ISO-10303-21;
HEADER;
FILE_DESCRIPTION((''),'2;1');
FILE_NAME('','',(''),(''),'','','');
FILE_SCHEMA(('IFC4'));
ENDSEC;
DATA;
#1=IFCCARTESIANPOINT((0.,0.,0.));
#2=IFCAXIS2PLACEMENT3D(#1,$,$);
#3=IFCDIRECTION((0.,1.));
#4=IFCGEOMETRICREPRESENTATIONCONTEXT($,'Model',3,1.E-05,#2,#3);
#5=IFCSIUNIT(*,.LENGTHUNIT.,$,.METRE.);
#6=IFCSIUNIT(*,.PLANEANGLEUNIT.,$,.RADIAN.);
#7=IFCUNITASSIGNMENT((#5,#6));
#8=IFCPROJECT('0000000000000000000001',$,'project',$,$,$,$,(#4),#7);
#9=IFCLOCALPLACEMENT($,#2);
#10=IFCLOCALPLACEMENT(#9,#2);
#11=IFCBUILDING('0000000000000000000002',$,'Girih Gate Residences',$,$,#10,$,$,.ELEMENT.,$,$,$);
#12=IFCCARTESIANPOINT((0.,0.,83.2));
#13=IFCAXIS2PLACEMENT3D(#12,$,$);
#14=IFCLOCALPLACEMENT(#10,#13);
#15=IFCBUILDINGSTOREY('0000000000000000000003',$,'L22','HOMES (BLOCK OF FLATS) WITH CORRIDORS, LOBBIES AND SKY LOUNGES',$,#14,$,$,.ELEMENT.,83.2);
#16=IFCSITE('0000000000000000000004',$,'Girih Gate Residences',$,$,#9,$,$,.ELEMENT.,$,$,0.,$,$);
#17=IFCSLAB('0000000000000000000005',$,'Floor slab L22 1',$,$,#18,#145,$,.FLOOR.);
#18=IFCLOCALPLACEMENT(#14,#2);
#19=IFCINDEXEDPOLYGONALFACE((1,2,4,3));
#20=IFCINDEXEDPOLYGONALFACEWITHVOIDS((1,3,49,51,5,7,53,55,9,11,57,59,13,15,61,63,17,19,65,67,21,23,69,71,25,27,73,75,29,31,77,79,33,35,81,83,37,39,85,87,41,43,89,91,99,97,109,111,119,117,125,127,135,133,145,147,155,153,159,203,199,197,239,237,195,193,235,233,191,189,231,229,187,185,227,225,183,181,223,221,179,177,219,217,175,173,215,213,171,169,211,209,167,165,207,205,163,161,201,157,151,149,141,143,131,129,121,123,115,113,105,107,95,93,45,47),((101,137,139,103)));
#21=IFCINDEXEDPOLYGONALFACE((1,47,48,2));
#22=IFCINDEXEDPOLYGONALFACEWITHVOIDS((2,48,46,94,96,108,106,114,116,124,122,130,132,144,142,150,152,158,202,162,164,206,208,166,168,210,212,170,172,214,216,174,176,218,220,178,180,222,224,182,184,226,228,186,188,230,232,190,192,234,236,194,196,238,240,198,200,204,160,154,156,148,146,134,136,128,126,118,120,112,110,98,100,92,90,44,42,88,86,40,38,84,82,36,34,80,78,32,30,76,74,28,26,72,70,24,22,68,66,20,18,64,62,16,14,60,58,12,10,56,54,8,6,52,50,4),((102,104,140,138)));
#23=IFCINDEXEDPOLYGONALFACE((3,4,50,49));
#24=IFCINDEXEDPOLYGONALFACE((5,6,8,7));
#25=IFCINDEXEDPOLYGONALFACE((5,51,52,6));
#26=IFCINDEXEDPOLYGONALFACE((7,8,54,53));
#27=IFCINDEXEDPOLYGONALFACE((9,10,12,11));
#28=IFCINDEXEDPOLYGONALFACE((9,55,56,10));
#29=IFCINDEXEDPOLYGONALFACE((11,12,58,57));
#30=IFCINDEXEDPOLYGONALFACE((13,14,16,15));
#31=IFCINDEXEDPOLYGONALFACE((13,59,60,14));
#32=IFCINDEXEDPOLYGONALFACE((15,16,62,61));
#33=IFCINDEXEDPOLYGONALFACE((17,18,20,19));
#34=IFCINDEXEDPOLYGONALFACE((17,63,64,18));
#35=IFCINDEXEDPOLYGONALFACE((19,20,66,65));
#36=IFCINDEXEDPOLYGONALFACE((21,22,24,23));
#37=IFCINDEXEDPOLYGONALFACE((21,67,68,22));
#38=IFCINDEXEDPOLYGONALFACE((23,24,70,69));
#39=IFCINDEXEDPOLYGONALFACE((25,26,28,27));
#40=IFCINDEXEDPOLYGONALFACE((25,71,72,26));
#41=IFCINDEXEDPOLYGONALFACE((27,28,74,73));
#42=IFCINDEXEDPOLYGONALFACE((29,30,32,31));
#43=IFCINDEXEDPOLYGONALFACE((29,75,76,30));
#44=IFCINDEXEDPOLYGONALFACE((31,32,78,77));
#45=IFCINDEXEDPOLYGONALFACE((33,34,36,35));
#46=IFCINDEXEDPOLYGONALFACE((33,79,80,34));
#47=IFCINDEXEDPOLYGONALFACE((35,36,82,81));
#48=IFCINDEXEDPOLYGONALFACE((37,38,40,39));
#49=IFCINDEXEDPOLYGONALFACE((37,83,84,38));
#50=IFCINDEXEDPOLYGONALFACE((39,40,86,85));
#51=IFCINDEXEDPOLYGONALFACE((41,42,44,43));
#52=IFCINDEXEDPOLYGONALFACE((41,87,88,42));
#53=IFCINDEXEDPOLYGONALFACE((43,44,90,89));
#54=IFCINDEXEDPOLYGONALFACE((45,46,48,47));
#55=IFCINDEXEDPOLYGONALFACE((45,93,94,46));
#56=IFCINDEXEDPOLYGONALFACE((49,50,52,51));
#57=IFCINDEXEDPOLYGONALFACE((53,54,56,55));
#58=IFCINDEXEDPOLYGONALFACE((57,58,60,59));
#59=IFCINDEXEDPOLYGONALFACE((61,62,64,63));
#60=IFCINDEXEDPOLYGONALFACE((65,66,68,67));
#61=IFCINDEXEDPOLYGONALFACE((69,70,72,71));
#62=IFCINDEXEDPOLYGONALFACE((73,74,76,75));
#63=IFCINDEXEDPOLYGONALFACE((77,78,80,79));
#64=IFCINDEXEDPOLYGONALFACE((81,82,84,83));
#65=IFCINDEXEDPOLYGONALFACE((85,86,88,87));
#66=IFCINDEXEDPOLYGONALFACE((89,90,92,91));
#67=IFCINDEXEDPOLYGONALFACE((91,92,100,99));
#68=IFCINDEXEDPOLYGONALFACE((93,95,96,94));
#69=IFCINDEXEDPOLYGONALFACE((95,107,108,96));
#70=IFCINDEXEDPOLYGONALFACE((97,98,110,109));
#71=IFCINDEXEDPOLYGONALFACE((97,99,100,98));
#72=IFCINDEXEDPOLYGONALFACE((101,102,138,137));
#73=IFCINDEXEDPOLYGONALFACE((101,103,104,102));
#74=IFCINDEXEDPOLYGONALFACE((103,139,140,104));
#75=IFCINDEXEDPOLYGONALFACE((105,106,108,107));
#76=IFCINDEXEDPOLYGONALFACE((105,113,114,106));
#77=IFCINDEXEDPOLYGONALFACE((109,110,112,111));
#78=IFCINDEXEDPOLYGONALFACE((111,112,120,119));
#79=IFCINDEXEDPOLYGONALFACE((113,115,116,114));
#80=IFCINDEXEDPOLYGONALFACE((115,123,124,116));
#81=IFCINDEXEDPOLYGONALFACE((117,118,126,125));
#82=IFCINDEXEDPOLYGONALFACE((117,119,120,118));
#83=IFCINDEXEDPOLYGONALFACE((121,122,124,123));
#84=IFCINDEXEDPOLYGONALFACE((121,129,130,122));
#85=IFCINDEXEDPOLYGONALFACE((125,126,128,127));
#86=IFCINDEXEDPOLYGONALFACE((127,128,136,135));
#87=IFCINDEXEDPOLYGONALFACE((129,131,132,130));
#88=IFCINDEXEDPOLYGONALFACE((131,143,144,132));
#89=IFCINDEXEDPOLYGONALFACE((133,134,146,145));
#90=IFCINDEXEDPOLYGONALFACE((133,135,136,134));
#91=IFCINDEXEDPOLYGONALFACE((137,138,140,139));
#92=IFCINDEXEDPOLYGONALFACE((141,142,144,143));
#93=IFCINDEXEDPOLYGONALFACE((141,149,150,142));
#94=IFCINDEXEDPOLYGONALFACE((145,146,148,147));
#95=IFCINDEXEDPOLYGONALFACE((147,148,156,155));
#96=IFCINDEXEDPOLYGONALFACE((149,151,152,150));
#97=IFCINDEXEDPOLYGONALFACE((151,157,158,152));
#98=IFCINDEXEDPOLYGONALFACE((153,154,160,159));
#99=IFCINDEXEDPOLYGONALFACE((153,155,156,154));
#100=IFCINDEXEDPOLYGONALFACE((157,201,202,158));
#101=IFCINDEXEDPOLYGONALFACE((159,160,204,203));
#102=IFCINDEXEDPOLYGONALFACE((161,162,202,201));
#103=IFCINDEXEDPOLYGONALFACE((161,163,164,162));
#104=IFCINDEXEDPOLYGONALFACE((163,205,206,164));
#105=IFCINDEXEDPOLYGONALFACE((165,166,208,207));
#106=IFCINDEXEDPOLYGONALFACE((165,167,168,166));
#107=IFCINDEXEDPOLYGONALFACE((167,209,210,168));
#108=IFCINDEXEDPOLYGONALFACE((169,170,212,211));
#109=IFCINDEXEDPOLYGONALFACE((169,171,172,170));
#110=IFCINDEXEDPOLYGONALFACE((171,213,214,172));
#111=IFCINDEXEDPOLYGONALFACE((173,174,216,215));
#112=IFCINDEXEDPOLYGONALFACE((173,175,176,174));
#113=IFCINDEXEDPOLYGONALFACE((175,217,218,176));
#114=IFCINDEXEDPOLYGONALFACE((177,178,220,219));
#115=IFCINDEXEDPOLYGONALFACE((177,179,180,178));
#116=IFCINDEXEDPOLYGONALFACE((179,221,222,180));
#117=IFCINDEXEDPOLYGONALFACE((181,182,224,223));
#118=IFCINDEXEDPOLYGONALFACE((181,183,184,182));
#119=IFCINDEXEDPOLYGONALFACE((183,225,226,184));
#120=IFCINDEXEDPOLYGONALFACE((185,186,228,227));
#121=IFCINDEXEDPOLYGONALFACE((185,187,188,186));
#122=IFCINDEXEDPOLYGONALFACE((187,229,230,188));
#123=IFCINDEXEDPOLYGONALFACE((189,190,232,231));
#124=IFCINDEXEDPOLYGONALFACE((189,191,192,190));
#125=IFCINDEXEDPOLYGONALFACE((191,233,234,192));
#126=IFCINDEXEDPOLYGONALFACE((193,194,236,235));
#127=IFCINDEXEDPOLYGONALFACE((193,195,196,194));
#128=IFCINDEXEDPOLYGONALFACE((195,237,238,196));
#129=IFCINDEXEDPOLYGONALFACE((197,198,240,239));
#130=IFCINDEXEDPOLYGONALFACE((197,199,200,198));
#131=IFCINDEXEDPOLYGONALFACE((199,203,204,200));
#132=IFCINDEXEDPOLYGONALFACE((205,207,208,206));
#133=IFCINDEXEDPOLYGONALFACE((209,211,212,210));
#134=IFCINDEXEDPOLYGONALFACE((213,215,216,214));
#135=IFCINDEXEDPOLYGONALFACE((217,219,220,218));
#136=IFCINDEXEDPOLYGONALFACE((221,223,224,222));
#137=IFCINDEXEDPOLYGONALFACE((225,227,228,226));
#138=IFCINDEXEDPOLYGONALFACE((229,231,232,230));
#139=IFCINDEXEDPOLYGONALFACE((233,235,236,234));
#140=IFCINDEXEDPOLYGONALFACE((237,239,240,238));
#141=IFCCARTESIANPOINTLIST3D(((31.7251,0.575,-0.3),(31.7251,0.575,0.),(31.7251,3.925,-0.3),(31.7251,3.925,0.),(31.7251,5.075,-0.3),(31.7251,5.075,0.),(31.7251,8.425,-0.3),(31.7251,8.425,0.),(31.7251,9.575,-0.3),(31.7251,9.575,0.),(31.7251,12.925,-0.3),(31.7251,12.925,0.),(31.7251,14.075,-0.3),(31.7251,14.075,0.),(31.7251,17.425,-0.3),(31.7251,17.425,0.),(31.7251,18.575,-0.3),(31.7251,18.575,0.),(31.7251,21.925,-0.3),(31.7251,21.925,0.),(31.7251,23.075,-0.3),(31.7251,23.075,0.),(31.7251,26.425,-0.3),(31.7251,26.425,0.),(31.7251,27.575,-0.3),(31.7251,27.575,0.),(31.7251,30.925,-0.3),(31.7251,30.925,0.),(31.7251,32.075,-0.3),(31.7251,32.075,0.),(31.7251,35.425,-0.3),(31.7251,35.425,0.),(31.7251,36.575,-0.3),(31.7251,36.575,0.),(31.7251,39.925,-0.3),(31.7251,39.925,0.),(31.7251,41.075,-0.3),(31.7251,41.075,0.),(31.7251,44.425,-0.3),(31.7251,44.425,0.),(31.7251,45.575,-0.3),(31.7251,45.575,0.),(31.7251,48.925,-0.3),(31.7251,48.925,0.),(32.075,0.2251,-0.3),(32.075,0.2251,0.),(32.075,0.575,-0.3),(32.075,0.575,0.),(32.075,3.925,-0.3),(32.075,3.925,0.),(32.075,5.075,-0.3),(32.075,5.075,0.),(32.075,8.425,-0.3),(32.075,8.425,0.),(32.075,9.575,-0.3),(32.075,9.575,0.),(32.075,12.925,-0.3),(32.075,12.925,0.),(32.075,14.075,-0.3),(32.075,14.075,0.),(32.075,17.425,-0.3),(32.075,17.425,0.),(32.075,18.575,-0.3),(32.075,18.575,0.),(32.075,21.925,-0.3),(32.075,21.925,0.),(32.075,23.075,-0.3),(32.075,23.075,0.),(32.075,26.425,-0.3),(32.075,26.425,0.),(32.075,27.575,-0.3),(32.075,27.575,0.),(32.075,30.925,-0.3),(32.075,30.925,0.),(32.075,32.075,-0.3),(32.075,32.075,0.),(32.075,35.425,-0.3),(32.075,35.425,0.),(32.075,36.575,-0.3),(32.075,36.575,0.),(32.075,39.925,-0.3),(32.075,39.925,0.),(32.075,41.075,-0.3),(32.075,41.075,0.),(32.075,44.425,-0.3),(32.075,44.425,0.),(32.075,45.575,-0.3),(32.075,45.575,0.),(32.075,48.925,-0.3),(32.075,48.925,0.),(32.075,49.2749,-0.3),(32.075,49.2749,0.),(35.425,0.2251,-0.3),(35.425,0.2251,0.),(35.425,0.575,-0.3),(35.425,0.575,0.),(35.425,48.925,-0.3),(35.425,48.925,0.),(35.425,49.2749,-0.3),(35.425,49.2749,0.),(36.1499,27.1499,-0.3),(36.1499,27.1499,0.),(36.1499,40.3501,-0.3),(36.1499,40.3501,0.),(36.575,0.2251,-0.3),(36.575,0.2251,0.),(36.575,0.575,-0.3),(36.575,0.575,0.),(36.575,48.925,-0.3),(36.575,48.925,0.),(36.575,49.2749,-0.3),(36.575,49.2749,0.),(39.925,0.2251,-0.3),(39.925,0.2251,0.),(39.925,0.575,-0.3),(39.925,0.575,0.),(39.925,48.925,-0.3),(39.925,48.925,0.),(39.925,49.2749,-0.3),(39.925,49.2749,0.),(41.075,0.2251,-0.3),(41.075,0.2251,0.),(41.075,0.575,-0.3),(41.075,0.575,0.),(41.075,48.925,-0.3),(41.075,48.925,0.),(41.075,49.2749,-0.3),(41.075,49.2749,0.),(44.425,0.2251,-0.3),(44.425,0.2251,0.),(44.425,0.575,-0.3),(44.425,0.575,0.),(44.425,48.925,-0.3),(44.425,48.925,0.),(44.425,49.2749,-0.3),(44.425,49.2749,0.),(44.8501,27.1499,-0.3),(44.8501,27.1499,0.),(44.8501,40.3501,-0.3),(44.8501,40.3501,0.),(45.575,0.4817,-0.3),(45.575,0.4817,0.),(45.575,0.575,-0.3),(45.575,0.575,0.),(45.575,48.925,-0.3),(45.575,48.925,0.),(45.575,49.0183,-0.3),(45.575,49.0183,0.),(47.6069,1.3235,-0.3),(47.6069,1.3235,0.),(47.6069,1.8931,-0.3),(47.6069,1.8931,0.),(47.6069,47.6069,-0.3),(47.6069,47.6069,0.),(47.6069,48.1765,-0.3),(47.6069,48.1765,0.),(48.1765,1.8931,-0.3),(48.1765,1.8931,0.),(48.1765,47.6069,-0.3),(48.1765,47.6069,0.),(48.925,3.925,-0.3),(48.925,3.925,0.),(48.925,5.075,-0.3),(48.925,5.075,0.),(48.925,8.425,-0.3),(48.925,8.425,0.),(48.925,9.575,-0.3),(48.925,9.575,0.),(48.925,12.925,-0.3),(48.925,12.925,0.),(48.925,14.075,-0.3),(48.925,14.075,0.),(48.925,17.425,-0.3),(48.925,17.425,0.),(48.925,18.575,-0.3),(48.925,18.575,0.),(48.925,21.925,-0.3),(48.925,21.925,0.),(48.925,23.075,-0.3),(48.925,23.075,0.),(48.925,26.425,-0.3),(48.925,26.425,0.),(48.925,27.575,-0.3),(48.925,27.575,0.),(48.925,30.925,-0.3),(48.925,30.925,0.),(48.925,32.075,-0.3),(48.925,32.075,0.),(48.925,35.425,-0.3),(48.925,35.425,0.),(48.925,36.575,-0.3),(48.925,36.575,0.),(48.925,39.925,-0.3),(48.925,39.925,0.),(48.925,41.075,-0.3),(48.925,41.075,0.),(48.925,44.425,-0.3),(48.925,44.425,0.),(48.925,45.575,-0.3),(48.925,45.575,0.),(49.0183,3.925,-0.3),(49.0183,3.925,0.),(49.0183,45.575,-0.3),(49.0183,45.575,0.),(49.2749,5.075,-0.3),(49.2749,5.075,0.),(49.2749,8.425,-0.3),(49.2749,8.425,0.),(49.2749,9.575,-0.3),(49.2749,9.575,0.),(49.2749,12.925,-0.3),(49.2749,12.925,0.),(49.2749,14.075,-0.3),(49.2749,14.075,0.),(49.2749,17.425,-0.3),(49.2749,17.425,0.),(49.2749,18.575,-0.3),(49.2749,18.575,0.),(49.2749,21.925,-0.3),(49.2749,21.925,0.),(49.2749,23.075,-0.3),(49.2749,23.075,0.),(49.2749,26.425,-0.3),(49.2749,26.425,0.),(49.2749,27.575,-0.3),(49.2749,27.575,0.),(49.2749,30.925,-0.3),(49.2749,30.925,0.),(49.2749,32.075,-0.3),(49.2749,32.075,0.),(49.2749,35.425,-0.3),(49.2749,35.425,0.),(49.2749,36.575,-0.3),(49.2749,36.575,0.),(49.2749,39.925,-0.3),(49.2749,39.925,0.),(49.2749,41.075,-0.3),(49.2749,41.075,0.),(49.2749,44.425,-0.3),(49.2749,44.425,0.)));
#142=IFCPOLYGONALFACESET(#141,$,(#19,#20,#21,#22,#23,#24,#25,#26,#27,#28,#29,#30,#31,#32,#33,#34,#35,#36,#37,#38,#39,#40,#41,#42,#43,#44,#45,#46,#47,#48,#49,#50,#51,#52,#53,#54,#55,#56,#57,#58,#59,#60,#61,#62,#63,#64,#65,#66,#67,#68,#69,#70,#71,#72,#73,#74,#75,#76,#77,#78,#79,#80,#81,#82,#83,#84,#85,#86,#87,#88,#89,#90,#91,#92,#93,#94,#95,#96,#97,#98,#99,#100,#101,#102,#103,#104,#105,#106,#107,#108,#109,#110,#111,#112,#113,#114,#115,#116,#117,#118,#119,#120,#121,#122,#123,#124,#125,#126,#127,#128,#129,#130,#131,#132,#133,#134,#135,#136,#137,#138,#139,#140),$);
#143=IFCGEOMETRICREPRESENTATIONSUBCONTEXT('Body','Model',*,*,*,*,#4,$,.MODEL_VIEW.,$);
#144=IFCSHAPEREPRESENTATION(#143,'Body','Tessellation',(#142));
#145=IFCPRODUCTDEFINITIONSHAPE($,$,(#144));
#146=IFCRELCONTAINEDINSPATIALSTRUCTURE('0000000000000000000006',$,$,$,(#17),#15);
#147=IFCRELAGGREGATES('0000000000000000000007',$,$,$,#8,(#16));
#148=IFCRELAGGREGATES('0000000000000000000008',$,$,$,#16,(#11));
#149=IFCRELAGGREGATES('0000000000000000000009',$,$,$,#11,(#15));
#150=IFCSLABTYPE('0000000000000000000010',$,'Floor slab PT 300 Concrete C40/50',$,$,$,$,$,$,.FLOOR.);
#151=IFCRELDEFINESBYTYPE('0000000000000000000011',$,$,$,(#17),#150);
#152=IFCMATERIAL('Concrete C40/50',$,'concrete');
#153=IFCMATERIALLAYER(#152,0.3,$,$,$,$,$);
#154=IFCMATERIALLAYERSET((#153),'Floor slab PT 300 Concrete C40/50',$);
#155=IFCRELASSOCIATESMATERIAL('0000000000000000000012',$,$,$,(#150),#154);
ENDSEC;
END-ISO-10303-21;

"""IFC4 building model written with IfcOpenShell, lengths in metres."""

from ifc_helpers import new_model, si_unit, direction, frame, origin, place, context, subcontext, project, spatial, polyline, outline, extrude, material, layer, layer_set, type_object, element, save


model = new_model("IFC4")

# Units and contexts
model_context = context("Model", 3, precision=1e-05, world=origin(), true_north=direction((0.0, 1.0)))
body_context = subcontext(model_context, "Body", "Model", "MODEL_VIEW")
ifc_project = project(units=[si_unit("LENGTHUNIT", "METRE"), si_unit("PLANEANGLEUNIT", "RADIAN")], contexts=[model_context])

# Site, building, storey
site_placement = place(None, origin())
site = spatial("IfcSite", under=ifc_project, at=site_placement, Name="Girih Gate Residences", CompositionType="ELEMENT", RefElevation=0.0)
building_placement = place(site_placement, origin())
building = spatial("IfcBuilding", under=site, at=building_placement, Name="Girih Gate Residences", CompositionType="ELEMENT")
storey_placement = place(building_placement, frame((0.0, 0.0, 83.2)))
storey = spatial("IfcBuildingStorey", under=building, at=storey_placement, Name="L22", Description="HOMES (BLOCK OF FLATS) WITH CORRIDORS, LOBBIES AND SKY LOUNGES", CompositionType="ELEMENT", Elevation=83.2)

# Slab
ifc_material_1 = material(Name="Concrete C40/50", Category="concrete")
ifc_layer_1 = layer(ifc_material_1, 0.3)
ifc_layer_set_1 = layer_set([ifc_layer_1], Name="Floor slab PT 300 Concrete C40/50")
slab_type_1 = type_object("IfcSlabType", Name="Floor slab PT 300 Concrete C40/50", PredefinedType="FLOOR", material=ifc_layer_set_1)
slab_1_placement = place(storey_placement, frame((0.0, 0.0, -0.3)))
element("IfcSlab", 1, at=slab_1_placement, inside=storey, type_object=slab_type_1, Name="Floor slab L22 1", PredefinedType="FLOOR", context=body_context, shape_type="SweptSolid", body=[
    extrude(outline(polyline([(35.425, 49.2749), (32.075, 49.2749), (32.075, 48.925), (31.7251, 48.925), (31.7251, 45.575), (32.075, 45.575), (32.075, 44.425), (31.7251, 44.425), (31.7251, 41.075), (32.075, 41.075), (32.075, 39.925), (31.7251, 39.925), (31.7251, 36.575), (32.075, 36.575), (32.075, 35.425), (31.7251, 35.425), (31.7251, 32.075), (32.075, 32.075), (32.075, 30.925), (31.7251, 30.925), (31.7251, 27.575), (32.075, 27.575), (32.075, 26.425), (31.7251, 26.425), (31.7251, 23.075), (32.075, 23.075), (32.075, 21.925), (31.7251, 21.925), (31.7251, 18.575), (32.075, 18.575), (32.075, 17.425), (31.7251, 17.425), (31.7251, 14.075), (32.075, 14.075), (32.075, 12.925), (31.7251, 12.925), (31.7251, 9.575), (32.075, 9.575), (32.075, 8.425), (31.7251, 8.425), (31.7251, 5.075), (32.075, 5.075), (32.075, 3.925), (31.7251, 3.925), (31.7251, 0.575), (32.075, 0.575), (32.075, 0.2251), (35.425, 0.2251), (35.425, 0.575), (36.575, 0.575), (36.575, 0.2251), (39.925, 0.2251), (39.925, 0.575), (41.075, 0.575), (41.075, 0.2251), (44.425, 0.2251), (44.425, 0.575), (45.575, 0.575), (45.575, 0.4817), (47.6069, 1.3235), (47.6069, 1.8931), (48.1765, 1.8931), (49.0183, 3.925), (48.925, 3.925), (48.925, 5.075), (49.2749, 5.075), (49.2749, 8.425), (48.925, 8.425), (48.925, 9.575), (49.2749, 9.575), (49.2749, 12.925), (48.925, 12.925), (48.925, 14.075), (49.2749, 14.075), (49.2749, 17.425), (48.925, 17.425), (48.925, 18.575), (49.2749, 18.575), (49.2749, 21.925), (48.925, 21.925), (48.925, 23.075), (49.2749, 23.075), (49.2749, 26.425), (48.925, 26.425), (48.925, 27.575), (49.2749, 27.575), (49.2749, 30.925), (48.925, 30.925), (48.925, 32.075), (49.2749, 32.075), (49.2749, 35.425), (48.925, 35.425), (48.925, 36.575), (49.2749, 36.575), (49.2749, 39.925), (48.925, 39.925), (48.925, 41.075), (49.2749, 41.075), (49.2749, 44.425), (48.925, 44.425), (48.925, 45.575), (49.0183, 45.575), (48.1765, 47.6069), (47.6069, 47.6069), (47.6069, 48.1765), (45.575, 49.0183), (45.575, 48.925), (44.425, 48.925), (44.425, 49.2749), (41.075, 49.2749), (41.075, 48.925), (39.925, 48.925), (39.925, 49.2749), (36.575, 49.2749), (36.575, 48.925), (35.425, 48.925), (35.425, 49.2749)]), holes=[polyline([(44.8501, 40.3501), (44.8501, 27.1499), (36.1499, 27.1499), (36.1499, 40.3501), (44.8501, 40.3501)])]), origin(), (0.0, 0.0, 1.0), 0.3),
])

save(model, "model.ifc")
